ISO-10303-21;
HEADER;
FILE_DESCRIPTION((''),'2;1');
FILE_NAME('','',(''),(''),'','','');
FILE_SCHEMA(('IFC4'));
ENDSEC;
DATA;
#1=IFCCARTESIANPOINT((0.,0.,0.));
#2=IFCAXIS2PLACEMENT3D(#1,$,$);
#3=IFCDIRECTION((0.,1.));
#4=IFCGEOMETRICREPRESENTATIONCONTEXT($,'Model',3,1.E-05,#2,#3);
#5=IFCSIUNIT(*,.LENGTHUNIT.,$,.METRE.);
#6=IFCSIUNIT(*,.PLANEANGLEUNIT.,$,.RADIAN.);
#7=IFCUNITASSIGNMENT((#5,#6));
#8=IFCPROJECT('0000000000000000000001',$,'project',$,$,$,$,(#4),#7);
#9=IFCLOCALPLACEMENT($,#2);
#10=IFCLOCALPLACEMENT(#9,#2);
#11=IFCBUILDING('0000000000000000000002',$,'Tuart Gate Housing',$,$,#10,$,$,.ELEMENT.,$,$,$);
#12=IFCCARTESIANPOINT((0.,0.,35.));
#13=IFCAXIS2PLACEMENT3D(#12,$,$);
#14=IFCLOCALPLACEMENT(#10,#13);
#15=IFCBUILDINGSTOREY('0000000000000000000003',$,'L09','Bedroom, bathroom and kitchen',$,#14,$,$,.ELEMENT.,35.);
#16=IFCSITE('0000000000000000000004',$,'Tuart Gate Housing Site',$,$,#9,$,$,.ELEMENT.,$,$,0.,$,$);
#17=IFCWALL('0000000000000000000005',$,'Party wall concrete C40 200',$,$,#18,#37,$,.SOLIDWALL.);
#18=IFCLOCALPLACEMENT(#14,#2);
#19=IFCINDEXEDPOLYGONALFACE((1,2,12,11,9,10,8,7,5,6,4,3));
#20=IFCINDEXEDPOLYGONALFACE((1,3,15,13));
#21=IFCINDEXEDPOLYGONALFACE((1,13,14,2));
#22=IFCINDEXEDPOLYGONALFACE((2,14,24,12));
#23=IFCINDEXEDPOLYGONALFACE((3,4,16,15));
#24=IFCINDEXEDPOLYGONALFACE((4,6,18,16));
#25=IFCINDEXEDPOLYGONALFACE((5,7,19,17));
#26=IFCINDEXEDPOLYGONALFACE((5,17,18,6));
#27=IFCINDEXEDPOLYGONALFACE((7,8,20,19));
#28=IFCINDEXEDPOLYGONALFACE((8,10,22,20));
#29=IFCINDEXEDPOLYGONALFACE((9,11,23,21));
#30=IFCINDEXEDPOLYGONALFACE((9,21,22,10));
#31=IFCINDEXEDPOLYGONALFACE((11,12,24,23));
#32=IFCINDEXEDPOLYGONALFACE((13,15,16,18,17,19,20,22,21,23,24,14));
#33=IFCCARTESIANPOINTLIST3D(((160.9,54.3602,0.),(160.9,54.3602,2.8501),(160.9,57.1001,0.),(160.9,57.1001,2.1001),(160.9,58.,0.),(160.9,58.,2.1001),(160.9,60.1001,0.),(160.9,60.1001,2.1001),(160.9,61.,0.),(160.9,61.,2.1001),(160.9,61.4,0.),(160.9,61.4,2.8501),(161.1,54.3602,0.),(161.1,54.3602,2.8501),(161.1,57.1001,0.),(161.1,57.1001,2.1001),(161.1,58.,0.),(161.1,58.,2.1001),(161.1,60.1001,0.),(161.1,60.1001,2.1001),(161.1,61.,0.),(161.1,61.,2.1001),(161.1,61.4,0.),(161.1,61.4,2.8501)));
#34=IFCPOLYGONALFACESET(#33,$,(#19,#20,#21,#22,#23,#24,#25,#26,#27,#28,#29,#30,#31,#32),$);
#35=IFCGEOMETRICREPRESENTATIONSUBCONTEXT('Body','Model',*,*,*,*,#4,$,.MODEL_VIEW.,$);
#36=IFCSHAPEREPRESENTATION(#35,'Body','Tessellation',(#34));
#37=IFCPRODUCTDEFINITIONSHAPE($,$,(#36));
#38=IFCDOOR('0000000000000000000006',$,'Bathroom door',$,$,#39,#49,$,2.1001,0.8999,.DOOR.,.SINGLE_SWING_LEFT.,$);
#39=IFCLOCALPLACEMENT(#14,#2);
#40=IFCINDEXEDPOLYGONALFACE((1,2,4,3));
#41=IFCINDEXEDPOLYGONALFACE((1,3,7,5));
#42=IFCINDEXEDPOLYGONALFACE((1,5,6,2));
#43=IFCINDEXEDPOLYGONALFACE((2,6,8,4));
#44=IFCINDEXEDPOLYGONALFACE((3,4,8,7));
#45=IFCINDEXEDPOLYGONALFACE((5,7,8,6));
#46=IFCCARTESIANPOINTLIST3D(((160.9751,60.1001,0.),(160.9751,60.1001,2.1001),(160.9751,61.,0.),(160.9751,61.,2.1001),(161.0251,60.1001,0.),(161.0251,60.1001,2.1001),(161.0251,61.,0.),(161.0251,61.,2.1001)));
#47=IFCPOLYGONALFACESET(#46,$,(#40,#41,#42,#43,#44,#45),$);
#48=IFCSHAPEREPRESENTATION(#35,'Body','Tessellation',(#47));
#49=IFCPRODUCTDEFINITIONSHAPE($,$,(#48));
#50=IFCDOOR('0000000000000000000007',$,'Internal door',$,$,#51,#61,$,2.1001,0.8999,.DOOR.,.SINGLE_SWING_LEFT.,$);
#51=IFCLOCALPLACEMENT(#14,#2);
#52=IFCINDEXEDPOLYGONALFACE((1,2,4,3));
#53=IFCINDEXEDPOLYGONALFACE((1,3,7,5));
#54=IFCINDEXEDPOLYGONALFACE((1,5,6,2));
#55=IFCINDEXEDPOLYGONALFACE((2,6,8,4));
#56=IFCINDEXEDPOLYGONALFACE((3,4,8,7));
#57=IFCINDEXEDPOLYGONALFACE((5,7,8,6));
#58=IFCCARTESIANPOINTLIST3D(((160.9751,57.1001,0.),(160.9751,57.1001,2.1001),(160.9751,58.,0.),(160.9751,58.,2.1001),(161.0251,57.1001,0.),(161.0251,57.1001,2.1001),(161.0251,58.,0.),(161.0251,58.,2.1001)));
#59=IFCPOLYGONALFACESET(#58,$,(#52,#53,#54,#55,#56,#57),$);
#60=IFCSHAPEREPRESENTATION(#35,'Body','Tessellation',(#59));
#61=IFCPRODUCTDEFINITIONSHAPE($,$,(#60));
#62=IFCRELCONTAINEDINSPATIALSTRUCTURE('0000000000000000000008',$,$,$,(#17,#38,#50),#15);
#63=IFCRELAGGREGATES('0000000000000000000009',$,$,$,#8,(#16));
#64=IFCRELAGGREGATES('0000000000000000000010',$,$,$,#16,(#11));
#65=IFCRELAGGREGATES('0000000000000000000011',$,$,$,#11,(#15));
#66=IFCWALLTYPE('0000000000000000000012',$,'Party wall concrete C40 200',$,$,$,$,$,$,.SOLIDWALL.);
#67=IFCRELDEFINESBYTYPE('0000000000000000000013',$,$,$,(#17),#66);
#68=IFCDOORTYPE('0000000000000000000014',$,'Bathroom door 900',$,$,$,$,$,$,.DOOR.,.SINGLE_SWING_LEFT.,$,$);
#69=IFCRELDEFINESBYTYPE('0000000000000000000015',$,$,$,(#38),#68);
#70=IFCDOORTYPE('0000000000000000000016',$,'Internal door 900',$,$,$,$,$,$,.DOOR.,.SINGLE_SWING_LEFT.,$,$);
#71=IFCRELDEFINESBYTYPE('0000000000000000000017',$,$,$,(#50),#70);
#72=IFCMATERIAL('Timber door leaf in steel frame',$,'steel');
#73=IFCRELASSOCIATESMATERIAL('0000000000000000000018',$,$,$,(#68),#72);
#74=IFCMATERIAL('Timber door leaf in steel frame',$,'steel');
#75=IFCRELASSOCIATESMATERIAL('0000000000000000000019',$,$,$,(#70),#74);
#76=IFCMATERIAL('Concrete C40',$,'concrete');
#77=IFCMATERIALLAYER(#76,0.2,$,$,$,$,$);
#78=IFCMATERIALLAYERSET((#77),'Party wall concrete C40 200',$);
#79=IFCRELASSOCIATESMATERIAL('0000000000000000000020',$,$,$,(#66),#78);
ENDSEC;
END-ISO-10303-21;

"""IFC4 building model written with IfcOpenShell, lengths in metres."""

from ifc_helpers import new_model, si_unit, direction, frame, frame_2d, origin, place, context, subcontext, project, spatial, rectangle, extrude, material, layer, layer_set, type_object, element, fill, save


model = new_model("IFC4")

# Units and contexts
model_context = context("Model", 3, precision=1e-05, world=origin(), true_north=direction((0.0, 1.0)))
body_context = subcontext(model_context, "Body", "Model", "MODEL_VIEW")
ifc_project = project(units=[si_unit("LENGTHUNIT", "METRE"), si_unit("PLANEANGLEUNIT", "RADIAN")], contexts=[model_context])

# Site, building, storey
site_placement = place(None, origin())
site = spatial("IfcSite", under=ifc_project, at=site_placement, Name="Tuart Gate Housing Site", CompositionType="ELEMENT", RefElevation=0.0)
building_placement = place(site_placement, origin())
building = spatial("IfcBuilding", under=site, at=building_placement, Name="Tuart Gate Housing", CompositionType="ELEMENT")
storey_placement = place(building_placement, frame((0.0, 0.0, 35.0)))
storey = spatial("IfcBuildingStorey", under=building, at=storey_placement, Name="L09", Description="Bedroom, bathroom and kitchen", CompositionType="ELEMENT", Elevation=35.0)

# Shared definitions
ifc_material_1 = material(Name="Timber door leaf in steel frame", Category="steel")
door_type_1 = type_object("IfcDoorType", Name="Bathroom door 900", OperationType="SINGLE_SWING_LEFT", PredefinedType="DOOR", material=ifc_material_1)
ifc_material_2 = material(Name="Timber door leaf in steel frame", Category="steel")
door_type_2 = type_object("IfcDoorType", Name="Internal door 900", OperationType="SINGLE_SWING_LEFT", PredefinedType="DOOR", material=ifc_material_2)

# Shared definitions
ifc_material_3 = material(Name="Concrete C40", Category="concrete")
ifc_layer_1 = layer(ifc_material_3, 0.2)
ifc_layer_set_1 = layer_set([ifc_layer_1], Name="Party wall concrete C40 200")
wall_type_1 = type_object("IfcWallType", Name="Party wall concrete C40 200", PredefinedType="SOLIDWALL", material=ifc_layer_set_1)

# Wall, openings, doors
wall_1_placement = place(storey_placement, frame((161.0, 54.3601, 0.0), z_axis=(0.0, 0.0, 1.0), x_axis=(0.0, 1.0, 0.0)))
wall_1 = element("IfcWall", 1, at=wall_1_placement, inside=storey, type_object=wall_type_1, Name="Party wall concrete C40 200", PredefinedType="SOLIDWALL", context=body_context, shape_type="SweptSolid", body=[
    extrude(rectangle(XDim=7.0398, YDim=0.2, at=frame_2d((3.52, 0.0))), origin(), (0.0, 0.0, 1.0), 2.8501),
])
opening_1_placement = place(wall_1_placement, frame((2.74, 0.0, 0.0)))
opening_1 = element("IfcOpeningElement", 2, at=opening_1_placement, cuts=wall_1, PredefinedType="OPENING", context=body_context, shape_type="SweptSolid", body=[
    extrude(rectangle(XDim=0.8999, YDim=2.1001, at=frame_2d((0.45, 1.05))), frame((0.0, 0.1099, 0.0), z_axis=(0.0, -1.0, 0.0), x_axis=(1.0, 0.0, 0.0)), (0.0, 0.0, 1.0), 0.22),
])
opening_2_placement = place(wall_1_placement, frame((5.74, 0.0, 0.0)))
opening_2 = element("IfcOpeningElement", 3, at=opening_2_placement, cuts=wall_1, PredefinedType="OPENING", context=body_context, shape_type="SweptSolid", body=[
    extrude(rectangle(XDim=0.8999, YDim=2.1001, at=frame_2d((0.45, 1.05))), frame((0.0, 0.1099, 0.0), z_axis=(0.0, -1.0, 0.0), x_axis=(1.0, 0.0, 0.0)), (0.0, 0.0, 1.0), 0.22),
])
door_1_placement = place(opening_2_placement, frame((0.8999, 0.0, 0.0), z_axis=(0.0, 0.0, 1.0), x_axis=(-1.0, 0.0, 0.0)))
door_1 = element("IfcDoor", 4, at=door_1_placement, inside=storey, type_object=door_type_1, Name="Bathroom door", OperationType="SINGLE_SWING_LEFT", OverallHeight=2.1001, OverallWidth=0.8999, PredefinedType="DOOR", context=body_context, shape_type="SweptSolid", body=[
    extrude(rectangle(XDim=0.8999, YDim=2.1001, at=frame_2d((0.45, 1.05))), frame((0.0, 0.0251, 0.0), z_axis=(0.0, -1.0, 0.0), x_axis=(1.0, 0.0, 0.0)), (0.0, 0.0, 1.0), 0.05),
])
fill(opening_2, door_1)
door_2_placement = place(opening_1_placement, frame((0.8999, 0.0, 0.0), z_axis=(0.0, 0.0, 1.0), x_axis=(-1.0, 0.0, 0.0)))
door_2 = element("IfcDoor", 5, at=door_2_placement, inside=storey, type_object=door_type_2, Name="Internal door", OperationType="SINGLE_SWING_LEFT", OverallHeight=2.1001, OverallWidth=0.8999, PredefinedType="DOOR", context=body_context, shape_type="SweptSolid", body=[
    extrude(rectangle(XDim=0.8999, YDim=2.1001, at=frame_2d((0.45, 1.05))), frame((0.0, 0.0251, 0.0), z_axis=(0.0, -1.0, 0.0), x_axis=(1.0, 0.0, 0.0)), (0.0, 0.0, 1.0), 0.05),
])
fill(opening_1, door_2)

save(model, "model.ifc")
